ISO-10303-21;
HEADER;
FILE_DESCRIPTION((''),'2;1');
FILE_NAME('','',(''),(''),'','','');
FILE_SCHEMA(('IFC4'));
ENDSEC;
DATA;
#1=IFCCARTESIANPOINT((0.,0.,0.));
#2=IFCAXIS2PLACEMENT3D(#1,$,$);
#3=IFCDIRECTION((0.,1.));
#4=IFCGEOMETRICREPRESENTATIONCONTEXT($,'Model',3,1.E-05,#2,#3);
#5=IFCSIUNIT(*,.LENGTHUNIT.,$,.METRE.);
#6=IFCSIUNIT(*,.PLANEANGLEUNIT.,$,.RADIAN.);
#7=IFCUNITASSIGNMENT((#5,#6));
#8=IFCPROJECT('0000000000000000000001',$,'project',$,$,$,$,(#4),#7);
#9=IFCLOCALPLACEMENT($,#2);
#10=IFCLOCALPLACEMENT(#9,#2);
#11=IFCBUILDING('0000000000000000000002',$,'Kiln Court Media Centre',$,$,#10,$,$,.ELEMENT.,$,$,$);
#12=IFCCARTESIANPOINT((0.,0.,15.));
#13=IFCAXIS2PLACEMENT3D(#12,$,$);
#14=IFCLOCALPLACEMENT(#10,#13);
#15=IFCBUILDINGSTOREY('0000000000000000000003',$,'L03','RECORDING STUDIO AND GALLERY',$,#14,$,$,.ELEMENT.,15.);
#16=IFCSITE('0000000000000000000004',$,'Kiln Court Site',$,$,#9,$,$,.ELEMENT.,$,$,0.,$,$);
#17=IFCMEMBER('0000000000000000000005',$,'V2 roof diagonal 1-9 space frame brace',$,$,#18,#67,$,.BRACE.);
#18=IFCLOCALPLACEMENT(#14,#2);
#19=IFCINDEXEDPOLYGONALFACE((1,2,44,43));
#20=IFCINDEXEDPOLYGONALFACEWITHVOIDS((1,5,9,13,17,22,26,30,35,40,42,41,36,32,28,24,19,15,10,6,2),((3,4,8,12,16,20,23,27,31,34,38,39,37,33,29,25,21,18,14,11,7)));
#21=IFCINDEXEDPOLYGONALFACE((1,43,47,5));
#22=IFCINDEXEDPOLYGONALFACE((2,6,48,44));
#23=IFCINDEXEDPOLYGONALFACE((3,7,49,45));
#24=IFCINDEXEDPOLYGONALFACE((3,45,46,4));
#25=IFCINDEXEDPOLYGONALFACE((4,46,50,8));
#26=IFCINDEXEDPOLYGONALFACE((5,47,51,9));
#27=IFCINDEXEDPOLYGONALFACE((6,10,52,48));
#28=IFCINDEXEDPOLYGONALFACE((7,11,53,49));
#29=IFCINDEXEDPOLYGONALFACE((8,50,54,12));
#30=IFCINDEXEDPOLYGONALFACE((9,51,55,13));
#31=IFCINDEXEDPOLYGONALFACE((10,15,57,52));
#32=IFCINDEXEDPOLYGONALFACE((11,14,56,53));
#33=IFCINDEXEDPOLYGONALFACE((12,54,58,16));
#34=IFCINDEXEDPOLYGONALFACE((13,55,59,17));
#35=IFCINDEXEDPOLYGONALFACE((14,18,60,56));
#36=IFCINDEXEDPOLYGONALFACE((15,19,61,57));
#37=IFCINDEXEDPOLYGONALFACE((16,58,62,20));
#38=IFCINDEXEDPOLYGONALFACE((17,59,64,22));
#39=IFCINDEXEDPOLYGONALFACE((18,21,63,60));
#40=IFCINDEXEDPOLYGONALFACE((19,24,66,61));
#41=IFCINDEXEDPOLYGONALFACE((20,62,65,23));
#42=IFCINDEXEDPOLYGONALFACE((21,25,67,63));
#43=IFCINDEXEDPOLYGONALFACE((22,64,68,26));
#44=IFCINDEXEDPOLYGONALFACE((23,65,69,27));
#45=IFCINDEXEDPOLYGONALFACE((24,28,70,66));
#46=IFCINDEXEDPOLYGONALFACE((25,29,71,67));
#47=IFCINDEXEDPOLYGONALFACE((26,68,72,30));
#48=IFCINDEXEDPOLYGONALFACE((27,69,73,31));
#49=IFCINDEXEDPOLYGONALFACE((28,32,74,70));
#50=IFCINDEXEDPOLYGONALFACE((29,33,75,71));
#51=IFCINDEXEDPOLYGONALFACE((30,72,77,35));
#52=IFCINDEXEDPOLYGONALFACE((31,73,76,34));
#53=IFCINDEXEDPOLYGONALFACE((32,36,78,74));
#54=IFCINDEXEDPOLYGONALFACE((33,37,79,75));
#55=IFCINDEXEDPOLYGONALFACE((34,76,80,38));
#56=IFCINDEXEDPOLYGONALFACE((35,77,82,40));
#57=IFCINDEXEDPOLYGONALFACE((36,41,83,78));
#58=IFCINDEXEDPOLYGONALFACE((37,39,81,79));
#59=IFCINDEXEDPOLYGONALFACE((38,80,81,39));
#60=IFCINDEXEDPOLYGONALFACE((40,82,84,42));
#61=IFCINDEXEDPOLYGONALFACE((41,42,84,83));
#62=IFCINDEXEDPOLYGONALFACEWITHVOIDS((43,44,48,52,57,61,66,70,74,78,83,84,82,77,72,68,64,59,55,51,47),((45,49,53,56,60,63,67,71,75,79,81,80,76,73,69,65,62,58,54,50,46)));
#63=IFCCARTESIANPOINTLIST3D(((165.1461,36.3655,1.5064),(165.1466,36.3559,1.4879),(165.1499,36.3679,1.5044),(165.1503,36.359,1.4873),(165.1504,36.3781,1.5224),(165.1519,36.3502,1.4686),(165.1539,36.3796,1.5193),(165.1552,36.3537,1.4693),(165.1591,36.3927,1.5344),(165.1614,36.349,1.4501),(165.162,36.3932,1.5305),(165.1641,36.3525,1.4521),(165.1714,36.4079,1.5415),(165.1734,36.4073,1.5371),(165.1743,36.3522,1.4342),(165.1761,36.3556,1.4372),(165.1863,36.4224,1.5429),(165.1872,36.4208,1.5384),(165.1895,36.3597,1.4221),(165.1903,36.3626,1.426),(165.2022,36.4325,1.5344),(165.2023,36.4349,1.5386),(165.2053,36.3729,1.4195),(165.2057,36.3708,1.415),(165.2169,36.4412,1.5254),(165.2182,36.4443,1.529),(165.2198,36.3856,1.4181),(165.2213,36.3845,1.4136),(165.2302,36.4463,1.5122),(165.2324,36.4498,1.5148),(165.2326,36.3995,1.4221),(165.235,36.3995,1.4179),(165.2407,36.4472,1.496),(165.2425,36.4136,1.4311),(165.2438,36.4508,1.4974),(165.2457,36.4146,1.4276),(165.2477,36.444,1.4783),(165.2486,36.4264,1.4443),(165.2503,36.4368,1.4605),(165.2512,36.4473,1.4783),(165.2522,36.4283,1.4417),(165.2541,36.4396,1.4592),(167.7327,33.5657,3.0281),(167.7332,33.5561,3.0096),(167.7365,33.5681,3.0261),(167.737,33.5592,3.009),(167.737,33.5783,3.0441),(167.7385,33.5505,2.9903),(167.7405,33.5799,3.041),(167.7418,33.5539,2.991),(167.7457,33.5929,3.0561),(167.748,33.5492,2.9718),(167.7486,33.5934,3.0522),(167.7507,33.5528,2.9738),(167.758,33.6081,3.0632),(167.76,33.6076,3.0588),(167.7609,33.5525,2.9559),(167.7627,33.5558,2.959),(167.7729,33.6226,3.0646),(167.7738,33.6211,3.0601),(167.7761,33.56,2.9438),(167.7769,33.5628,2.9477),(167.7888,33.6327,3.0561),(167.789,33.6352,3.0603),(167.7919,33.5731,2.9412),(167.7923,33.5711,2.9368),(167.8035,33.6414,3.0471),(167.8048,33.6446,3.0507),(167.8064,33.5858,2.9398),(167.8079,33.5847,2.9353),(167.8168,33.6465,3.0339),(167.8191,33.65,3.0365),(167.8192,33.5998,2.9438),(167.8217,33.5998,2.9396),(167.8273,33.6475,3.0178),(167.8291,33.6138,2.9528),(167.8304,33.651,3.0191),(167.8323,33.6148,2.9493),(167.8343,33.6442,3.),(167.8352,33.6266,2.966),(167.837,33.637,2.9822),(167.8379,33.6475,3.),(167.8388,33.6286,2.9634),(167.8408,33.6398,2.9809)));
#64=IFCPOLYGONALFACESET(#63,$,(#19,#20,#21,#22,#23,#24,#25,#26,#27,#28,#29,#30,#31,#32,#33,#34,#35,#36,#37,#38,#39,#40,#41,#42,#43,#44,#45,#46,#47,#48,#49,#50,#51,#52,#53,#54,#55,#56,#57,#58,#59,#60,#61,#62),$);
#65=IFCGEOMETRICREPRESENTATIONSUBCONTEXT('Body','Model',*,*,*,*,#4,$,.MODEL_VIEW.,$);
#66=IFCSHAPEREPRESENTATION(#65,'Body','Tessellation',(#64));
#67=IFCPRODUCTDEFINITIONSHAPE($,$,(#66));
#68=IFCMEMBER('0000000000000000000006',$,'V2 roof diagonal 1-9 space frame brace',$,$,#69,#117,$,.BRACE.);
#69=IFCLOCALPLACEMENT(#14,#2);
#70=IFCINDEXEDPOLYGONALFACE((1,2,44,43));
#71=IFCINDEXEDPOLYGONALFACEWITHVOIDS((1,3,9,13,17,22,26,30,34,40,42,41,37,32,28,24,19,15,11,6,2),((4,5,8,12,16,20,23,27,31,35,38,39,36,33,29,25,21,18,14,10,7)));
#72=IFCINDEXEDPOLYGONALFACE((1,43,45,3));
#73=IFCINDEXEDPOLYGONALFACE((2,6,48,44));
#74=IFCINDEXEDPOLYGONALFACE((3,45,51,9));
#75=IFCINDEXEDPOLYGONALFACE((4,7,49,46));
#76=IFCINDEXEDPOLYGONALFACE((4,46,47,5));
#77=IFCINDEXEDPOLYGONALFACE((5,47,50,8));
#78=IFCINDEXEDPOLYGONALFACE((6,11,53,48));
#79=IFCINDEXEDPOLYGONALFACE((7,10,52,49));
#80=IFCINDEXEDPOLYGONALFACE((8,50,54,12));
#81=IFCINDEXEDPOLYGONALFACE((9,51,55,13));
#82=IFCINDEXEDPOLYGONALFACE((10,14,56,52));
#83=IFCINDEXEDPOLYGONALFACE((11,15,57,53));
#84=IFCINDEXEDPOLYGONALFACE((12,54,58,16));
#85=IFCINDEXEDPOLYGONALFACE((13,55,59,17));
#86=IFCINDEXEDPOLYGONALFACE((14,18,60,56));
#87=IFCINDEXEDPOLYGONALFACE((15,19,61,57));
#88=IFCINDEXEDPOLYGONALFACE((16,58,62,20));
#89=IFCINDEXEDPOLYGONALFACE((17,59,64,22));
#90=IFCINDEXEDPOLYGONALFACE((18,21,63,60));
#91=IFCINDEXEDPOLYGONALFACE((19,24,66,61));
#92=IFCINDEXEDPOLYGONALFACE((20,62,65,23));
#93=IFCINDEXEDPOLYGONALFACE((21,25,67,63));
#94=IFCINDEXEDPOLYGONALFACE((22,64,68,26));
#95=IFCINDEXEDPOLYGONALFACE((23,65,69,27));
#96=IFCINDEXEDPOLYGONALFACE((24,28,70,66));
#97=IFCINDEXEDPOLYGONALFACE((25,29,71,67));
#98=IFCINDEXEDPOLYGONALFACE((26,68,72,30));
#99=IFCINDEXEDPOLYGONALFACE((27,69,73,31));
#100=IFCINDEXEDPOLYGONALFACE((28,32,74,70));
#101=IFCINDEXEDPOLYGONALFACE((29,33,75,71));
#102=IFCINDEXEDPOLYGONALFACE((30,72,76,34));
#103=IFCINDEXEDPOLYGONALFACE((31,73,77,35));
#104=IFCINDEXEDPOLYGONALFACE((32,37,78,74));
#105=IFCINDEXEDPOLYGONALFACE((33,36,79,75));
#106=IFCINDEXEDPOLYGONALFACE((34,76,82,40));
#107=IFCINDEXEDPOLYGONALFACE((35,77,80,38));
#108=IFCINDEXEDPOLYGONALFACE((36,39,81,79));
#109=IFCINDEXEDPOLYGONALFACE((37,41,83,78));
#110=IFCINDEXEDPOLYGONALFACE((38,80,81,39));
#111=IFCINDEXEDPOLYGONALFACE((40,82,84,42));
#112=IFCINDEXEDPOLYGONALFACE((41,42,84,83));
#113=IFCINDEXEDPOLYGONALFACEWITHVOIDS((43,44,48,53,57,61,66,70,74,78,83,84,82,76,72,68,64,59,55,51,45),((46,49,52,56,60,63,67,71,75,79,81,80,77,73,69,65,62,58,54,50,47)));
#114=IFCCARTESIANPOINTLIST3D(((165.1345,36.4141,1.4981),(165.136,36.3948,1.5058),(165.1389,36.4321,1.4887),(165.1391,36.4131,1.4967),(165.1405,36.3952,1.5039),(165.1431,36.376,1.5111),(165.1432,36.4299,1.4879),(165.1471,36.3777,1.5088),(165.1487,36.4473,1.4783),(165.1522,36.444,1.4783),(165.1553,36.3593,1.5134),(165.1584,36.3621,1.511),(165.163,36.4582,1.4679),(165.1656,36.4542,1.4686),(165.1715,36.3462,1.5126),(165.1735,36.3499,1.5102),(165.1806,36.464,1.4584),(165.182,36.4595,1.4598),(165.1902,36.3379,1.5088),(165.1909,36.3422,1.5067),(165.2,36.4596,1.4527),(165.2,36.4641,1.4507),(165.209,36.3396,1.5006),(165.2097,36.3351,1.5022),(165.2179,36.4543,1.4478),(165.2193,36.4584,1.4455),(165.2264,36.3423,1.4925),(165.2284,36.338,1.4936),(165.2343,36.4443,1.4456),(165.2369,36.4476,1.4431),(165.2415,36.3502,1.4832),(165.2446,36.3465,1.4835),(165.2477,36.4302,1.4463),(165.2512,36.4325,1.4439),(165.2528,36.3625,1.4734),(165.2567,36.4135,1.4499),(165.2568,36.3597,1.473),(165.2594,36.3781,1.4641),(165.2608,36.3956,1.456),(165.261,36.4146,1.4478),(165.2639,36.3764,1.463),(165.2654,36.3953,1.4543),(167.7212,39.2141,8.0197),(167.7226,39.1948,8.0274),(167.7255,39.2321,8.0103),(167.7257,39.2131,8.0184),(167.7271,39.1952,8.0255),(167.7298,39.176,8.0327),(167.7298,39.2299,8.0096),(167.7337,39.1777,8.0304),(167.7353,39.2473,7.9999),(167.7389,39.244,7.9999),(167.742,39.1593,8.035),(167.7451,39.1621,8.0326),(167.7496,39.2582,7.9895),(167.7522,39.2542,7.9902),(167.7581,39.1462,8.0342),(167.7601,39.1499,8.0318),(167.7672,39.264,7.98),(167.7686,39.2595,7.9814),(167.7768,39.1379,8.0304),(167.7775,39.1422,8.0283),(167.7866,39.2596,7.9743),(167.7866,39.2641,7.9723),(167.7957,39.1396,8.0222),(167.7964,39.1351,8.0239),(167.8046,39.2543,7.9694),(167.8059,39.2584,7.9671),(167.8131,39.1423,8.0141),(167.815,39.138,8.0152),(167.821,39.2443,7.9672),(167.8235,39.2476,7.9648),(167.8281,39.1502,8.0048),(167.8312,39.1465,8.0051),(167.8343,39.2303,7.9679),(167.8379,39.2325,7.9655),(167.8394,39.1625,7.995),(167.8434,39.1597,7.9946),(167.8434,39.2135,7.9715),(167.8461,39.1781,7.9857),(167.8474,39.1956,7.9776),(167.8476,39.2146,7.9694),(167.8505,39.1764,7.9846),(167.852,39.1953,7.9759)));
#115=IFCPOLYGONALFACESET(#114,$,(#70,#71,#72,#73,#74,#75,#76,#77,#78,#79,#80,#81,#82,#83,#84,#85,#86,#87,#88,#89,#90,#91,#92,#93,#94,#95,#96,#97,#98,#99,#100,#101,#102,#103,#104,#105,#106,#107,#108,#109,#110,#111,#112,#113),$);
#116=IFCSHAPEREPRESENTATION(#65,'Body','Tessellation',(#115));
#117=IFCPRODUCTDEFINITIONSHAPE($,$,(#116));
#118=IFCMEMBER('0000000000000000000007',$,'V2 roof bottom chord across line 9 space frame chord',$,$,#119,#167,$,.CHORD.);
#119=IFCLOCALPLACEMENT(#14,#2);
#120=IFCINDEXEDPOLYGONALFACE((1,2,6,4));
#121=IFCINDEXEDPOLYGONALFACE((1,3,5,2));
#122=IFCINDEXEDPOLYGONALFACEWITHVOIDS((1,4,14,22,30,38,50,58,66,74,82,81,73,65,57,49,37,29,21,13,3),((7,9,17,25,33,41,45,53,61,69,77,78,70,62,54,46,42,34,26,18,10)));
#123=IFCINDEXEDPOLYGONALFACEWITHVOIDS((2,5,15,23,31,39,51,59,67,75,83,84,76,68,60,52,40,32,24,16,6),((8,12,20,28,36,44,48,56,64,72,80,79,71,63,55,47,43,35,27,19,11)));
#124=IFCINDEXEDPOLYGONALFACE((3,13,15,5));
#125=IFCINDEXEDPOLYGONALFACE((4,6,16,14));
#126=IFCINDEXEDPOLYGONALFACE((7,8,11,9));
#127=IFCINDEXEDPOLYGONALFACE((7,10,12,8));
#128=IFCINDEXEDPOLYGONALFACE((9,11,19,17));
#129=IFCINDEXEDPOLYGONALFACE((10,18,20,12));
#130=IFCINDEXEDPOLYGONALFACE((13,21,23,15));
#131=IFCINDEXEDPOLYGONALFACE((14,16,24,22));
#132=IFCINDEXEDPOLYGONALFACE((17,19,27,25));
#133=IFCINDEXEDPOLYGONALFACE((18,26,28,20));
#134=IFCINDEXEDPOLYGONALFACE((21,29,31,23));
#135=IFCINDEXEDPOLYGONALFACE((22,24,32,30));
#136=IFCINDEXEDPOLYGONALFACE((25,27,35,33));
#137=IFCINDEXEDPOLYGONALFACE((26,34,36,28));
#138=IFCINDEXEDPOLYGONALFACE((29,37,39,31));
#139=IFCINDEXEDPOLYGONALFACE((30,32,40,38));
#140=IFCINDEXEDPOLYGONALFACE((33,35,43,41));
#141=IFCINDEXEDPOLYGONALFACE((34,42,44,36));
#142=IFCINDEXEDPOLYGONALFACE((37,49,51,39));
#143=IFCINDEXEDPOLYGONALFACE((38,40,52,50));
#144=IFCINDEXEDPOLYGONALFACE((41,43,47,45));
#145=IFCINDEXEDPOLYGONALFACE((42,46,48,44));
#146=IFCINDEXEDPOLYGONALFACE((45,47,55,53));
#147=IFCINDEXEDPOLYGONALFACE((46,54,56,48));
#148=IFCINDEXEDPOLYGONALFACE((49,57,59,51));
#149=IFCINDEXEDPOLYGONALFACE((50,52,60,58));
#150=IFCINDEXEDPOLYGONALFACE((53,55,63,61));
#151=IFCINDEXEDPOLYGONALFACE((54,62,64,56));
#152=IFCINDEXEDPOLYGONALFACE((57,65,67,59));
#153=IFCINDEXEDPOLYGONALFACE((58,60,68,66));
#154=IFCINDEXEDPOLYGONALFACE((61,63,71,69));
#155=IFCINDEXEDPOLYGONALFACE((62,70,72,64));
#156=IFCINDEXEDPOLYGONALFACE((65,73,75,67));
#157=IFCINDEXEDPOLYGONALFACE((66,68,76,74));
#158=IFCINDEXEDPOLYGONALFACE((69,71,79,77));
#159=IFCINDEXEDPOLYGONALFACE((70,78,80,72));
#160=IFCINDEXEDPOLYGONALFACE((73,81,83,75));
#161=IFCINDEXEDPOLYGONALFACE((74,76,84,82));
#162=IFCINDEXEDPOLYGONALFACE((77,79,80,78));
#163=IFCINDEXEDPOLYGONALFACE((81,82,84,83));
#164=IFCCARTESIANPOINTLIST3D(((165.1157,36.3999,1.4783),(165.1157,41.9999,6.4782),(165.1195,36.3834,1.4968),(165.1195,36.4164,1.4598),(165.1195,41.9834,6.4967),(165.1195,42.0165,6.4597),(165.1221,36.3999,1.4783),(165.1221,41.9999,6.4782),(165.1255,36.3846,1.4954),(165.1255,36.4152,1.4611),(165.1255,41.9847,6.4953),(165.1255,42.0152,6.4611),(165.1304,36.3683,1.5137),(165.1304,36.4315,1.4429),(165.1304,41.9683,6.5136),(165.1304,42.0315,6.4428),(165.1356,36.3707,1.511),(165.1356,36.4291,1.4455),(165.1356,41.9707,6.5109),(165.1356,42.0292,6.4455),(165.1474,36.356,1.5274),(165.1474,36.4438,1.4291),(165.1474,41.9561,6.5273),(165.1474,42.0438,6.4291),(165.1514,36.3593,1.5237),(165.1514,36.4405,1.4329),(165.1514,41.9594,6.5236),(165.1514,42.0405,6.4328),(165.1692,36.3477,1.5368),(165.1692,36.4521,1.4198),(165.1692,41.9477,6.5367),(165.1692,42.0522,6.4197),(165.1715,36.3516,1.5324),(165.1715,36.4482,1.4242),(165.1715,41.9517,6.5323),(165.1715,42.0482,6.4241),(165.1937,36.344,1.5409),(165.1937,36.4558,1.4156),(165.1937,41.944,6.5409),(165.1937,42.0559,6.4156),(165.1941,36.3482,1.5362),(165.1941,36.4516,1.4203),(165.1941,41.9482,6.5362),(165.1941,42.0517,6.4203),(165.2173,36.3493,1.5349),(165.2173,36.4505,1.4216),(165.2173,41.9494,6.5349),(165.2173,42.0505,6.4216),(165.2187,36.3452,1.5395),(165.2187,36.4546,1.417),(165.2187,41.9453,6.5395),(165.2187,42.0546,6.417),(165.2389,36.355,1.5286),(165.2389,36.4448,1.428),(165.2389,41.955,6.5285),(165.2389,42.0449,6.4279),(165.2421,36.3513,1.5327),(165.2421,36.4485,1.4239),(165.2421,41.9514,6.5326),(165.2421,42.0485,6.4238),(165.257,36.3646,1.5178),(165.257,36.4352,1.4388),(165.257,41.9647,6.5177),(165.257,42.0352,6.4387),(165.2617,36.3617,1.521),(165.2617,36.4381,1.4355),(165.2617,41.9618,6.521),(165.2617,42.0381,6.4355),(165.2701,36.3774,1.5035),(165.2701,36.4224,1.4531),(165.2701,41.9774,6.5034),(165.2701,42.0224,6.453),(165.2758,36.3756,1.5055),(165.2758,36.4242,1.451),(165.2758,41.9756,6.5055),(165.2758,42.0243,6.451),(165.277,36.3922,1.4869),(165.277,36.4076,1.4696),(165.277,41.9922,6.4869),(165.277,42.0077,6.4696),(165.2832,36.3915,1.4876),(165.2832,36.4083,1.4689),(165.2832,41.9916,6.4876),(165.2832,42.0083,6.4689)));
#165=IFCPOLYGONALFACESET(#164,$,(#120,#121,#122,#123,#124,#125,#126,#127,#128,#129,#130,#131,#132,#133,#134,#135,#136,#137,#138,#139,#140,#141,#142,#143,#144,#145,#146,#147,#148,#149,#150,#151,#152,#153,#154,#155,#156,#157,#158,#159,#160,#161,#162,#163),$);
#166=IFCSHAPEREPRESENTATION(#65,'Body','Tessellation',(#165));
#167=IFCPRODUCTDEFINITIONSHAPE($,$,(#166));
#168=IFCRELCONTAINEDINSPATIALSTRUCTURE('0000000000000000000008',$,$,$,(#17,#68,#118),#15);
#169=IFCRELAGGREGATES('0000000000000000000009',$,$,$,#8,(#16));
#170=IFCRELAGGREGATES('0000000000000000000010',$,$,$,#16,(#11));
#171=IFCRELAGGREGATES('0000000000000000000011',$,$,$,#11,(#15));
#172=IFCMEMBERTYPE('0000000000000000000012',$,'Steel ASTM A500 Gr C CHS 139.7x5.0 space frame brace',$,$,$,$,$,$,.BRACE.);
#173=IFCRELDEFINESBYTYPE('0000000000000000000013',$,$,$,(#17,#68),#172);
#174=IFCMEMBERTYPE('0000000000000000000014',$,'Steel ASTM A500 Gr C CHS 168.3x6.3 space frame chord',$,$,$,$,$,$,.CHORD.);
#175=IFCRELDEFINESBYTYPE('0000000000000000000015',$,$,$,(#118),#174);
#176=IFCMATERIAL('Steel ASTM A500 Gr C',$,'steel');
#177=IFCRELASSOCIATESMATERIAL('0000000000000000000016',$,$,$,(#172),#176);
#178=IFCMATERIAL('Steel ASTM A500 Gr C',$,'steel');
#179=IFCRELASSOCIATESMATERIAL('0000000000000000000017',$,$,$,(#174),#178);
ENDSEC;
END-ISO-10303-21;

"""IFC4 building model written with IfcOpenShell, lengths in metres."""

from ifc_helpers import new_model, si_unit, direction, frame, origin, origin_2d, place, context, subcontext, project, spatial, hollow_circle, extrude, material, material_profile, profile_set, type_object, element, save


model = new_model("IFC4")

# Units and contexts
model_context = context("Model", 3, precision=1e-05, world=origin(), true_north=direction((0.0, 1.0)))
body_context = subcontext(model_context, "Body", "Model", "MODEL_VIEW")
ifc_project = project(units=[si_unit("LENGTHUNIT", "METRE"), si_unit("PLANEANGLEUNIT", "RADIAN")], contexts=[model_context])

# Site, building, storey
site_placement = place(None, origin())
site = spatial("IfcSite", under=ifc_project, at=site_placement, Name="Kiln Court Site", CompositionType="ELEMENT", RefElevation=0.0)
building_placement = place(site_placement, origin())
building = spatial("IfcBuilding", under=site, at=building_placement, Name="Kiln Court Media Centre", CompositionType="ELEMENT")
storey_placement = place(building_placement, frame((0.0, 0.0, 15.0)))
storey = spatial("IfcBuildingStorey", under=building, at=storey_placement, Name="L03", Description="RECORDING STUDIO AND GALLERY", CompositionType="ELEMENT", Elevation=15.0)

# Members
ifc_material_1 = material(Name="Steel ASTM A500 Gr C", Category="steel")
ifc_material_profile_1 = material_profile(ifc_material_1, hollow_circle(Radius=0.0698, WallThickness=0.0049, at=origin_2d()), Name="CHS 139.7x5.0")
ifc_profile_set_1 = profile_set([ifc_material_profile_1], Name="Steel ASTM A500 Gr C")
member_type_1 = type_object("IfcMemberType", Name="Steel ASTM A500 Gr C CHS 139.7x5.0 space frame brace", PredefinedType="BRACE", material=ifc_profile_set_1)
member_1_placement = place(storey_placement, frame((165.2, 36.3999, 1.4783), z_axis=(0.630231, -0.682161, 0.370763), x_axis=(0.734511, 0.678597, 0.0)))
element("IfcMember", 1, at=member_1_placement, inside=storey, type_object=member_type_1, Name="V2 roof diagonal 1-9 space frame brace", PredefinedType="BRACE", context=body_context, shape_type="SweptSolid", body=[
    extrude(hollow_circle(Radius=0.0698, WallThickness=0.0049, at=origin_2d()), origin(), (0.0, 0.0, 1.0), 4.1042),
])
member_2_placement = place(storey_placement, frame((165.2, 36.3999, 1.4783), z_axis=(0.34242, 0.370667, 0.863339), x_axis=(-0.734541, 0.678565, 0.0)))
element("IfcMember", 2, at=member_2_placement, inside=storey, type_object=member_type_1, Name="V2 roof diagonal 1-9 space frame brace", PredefinedType="BRACE", context=body_context, shape_type="SweptSolid", body=[
    extrude(hollow_circle(Radius=0.0698, WallThickness=0.0049, at=origin_2d()), origin(), (0.0, 0.0, 1.0), 7.554),
])
ifc_material_2 = material(Name="Steel ASTM A500 Gr C", Category="steel")
ifc_material_profile_2 = material_profile(ifc_material_2, hollow_circle(Radius=0.0842, WallThickness=0.0063, at=origin_2d()), Name="CHS 168.3x6.3")
ifc_profile_set_2 = profile_set([ifc_material_profile_2], Name="Steel ASTM A500 Gr C")
member_type_2 = type_object("IfcMemberType", Name="Steel ASTM A500 Gr C CHS 168.3x6.3 space frame chord", PredefinedType="CHORD", material=ifc_profile_set_2)
member_3_placement = place(storey_placement, frame((165.2, 36.3999, 1.4783), z_axis=(0.0, 0.745943, 0.666009), x_axis=(-1.0, 0.0, 0.0)))
element("IfcMember", 3, at=member_3_placement, inside=storey, type_object=member_type_2, Name="V2 roof bottom chord across line 9 space frame chord", PredefinedType="CHORD", context=body_context, shape_type="SweptSolid", body=[
    extrude(hollow_circle(Radius=0.0842, WallThickness=0.0063, at=origin_2d()), origin(), (0.0, 0.0, 1.0), 7.5073),
])

save(model, "model.ifc")
